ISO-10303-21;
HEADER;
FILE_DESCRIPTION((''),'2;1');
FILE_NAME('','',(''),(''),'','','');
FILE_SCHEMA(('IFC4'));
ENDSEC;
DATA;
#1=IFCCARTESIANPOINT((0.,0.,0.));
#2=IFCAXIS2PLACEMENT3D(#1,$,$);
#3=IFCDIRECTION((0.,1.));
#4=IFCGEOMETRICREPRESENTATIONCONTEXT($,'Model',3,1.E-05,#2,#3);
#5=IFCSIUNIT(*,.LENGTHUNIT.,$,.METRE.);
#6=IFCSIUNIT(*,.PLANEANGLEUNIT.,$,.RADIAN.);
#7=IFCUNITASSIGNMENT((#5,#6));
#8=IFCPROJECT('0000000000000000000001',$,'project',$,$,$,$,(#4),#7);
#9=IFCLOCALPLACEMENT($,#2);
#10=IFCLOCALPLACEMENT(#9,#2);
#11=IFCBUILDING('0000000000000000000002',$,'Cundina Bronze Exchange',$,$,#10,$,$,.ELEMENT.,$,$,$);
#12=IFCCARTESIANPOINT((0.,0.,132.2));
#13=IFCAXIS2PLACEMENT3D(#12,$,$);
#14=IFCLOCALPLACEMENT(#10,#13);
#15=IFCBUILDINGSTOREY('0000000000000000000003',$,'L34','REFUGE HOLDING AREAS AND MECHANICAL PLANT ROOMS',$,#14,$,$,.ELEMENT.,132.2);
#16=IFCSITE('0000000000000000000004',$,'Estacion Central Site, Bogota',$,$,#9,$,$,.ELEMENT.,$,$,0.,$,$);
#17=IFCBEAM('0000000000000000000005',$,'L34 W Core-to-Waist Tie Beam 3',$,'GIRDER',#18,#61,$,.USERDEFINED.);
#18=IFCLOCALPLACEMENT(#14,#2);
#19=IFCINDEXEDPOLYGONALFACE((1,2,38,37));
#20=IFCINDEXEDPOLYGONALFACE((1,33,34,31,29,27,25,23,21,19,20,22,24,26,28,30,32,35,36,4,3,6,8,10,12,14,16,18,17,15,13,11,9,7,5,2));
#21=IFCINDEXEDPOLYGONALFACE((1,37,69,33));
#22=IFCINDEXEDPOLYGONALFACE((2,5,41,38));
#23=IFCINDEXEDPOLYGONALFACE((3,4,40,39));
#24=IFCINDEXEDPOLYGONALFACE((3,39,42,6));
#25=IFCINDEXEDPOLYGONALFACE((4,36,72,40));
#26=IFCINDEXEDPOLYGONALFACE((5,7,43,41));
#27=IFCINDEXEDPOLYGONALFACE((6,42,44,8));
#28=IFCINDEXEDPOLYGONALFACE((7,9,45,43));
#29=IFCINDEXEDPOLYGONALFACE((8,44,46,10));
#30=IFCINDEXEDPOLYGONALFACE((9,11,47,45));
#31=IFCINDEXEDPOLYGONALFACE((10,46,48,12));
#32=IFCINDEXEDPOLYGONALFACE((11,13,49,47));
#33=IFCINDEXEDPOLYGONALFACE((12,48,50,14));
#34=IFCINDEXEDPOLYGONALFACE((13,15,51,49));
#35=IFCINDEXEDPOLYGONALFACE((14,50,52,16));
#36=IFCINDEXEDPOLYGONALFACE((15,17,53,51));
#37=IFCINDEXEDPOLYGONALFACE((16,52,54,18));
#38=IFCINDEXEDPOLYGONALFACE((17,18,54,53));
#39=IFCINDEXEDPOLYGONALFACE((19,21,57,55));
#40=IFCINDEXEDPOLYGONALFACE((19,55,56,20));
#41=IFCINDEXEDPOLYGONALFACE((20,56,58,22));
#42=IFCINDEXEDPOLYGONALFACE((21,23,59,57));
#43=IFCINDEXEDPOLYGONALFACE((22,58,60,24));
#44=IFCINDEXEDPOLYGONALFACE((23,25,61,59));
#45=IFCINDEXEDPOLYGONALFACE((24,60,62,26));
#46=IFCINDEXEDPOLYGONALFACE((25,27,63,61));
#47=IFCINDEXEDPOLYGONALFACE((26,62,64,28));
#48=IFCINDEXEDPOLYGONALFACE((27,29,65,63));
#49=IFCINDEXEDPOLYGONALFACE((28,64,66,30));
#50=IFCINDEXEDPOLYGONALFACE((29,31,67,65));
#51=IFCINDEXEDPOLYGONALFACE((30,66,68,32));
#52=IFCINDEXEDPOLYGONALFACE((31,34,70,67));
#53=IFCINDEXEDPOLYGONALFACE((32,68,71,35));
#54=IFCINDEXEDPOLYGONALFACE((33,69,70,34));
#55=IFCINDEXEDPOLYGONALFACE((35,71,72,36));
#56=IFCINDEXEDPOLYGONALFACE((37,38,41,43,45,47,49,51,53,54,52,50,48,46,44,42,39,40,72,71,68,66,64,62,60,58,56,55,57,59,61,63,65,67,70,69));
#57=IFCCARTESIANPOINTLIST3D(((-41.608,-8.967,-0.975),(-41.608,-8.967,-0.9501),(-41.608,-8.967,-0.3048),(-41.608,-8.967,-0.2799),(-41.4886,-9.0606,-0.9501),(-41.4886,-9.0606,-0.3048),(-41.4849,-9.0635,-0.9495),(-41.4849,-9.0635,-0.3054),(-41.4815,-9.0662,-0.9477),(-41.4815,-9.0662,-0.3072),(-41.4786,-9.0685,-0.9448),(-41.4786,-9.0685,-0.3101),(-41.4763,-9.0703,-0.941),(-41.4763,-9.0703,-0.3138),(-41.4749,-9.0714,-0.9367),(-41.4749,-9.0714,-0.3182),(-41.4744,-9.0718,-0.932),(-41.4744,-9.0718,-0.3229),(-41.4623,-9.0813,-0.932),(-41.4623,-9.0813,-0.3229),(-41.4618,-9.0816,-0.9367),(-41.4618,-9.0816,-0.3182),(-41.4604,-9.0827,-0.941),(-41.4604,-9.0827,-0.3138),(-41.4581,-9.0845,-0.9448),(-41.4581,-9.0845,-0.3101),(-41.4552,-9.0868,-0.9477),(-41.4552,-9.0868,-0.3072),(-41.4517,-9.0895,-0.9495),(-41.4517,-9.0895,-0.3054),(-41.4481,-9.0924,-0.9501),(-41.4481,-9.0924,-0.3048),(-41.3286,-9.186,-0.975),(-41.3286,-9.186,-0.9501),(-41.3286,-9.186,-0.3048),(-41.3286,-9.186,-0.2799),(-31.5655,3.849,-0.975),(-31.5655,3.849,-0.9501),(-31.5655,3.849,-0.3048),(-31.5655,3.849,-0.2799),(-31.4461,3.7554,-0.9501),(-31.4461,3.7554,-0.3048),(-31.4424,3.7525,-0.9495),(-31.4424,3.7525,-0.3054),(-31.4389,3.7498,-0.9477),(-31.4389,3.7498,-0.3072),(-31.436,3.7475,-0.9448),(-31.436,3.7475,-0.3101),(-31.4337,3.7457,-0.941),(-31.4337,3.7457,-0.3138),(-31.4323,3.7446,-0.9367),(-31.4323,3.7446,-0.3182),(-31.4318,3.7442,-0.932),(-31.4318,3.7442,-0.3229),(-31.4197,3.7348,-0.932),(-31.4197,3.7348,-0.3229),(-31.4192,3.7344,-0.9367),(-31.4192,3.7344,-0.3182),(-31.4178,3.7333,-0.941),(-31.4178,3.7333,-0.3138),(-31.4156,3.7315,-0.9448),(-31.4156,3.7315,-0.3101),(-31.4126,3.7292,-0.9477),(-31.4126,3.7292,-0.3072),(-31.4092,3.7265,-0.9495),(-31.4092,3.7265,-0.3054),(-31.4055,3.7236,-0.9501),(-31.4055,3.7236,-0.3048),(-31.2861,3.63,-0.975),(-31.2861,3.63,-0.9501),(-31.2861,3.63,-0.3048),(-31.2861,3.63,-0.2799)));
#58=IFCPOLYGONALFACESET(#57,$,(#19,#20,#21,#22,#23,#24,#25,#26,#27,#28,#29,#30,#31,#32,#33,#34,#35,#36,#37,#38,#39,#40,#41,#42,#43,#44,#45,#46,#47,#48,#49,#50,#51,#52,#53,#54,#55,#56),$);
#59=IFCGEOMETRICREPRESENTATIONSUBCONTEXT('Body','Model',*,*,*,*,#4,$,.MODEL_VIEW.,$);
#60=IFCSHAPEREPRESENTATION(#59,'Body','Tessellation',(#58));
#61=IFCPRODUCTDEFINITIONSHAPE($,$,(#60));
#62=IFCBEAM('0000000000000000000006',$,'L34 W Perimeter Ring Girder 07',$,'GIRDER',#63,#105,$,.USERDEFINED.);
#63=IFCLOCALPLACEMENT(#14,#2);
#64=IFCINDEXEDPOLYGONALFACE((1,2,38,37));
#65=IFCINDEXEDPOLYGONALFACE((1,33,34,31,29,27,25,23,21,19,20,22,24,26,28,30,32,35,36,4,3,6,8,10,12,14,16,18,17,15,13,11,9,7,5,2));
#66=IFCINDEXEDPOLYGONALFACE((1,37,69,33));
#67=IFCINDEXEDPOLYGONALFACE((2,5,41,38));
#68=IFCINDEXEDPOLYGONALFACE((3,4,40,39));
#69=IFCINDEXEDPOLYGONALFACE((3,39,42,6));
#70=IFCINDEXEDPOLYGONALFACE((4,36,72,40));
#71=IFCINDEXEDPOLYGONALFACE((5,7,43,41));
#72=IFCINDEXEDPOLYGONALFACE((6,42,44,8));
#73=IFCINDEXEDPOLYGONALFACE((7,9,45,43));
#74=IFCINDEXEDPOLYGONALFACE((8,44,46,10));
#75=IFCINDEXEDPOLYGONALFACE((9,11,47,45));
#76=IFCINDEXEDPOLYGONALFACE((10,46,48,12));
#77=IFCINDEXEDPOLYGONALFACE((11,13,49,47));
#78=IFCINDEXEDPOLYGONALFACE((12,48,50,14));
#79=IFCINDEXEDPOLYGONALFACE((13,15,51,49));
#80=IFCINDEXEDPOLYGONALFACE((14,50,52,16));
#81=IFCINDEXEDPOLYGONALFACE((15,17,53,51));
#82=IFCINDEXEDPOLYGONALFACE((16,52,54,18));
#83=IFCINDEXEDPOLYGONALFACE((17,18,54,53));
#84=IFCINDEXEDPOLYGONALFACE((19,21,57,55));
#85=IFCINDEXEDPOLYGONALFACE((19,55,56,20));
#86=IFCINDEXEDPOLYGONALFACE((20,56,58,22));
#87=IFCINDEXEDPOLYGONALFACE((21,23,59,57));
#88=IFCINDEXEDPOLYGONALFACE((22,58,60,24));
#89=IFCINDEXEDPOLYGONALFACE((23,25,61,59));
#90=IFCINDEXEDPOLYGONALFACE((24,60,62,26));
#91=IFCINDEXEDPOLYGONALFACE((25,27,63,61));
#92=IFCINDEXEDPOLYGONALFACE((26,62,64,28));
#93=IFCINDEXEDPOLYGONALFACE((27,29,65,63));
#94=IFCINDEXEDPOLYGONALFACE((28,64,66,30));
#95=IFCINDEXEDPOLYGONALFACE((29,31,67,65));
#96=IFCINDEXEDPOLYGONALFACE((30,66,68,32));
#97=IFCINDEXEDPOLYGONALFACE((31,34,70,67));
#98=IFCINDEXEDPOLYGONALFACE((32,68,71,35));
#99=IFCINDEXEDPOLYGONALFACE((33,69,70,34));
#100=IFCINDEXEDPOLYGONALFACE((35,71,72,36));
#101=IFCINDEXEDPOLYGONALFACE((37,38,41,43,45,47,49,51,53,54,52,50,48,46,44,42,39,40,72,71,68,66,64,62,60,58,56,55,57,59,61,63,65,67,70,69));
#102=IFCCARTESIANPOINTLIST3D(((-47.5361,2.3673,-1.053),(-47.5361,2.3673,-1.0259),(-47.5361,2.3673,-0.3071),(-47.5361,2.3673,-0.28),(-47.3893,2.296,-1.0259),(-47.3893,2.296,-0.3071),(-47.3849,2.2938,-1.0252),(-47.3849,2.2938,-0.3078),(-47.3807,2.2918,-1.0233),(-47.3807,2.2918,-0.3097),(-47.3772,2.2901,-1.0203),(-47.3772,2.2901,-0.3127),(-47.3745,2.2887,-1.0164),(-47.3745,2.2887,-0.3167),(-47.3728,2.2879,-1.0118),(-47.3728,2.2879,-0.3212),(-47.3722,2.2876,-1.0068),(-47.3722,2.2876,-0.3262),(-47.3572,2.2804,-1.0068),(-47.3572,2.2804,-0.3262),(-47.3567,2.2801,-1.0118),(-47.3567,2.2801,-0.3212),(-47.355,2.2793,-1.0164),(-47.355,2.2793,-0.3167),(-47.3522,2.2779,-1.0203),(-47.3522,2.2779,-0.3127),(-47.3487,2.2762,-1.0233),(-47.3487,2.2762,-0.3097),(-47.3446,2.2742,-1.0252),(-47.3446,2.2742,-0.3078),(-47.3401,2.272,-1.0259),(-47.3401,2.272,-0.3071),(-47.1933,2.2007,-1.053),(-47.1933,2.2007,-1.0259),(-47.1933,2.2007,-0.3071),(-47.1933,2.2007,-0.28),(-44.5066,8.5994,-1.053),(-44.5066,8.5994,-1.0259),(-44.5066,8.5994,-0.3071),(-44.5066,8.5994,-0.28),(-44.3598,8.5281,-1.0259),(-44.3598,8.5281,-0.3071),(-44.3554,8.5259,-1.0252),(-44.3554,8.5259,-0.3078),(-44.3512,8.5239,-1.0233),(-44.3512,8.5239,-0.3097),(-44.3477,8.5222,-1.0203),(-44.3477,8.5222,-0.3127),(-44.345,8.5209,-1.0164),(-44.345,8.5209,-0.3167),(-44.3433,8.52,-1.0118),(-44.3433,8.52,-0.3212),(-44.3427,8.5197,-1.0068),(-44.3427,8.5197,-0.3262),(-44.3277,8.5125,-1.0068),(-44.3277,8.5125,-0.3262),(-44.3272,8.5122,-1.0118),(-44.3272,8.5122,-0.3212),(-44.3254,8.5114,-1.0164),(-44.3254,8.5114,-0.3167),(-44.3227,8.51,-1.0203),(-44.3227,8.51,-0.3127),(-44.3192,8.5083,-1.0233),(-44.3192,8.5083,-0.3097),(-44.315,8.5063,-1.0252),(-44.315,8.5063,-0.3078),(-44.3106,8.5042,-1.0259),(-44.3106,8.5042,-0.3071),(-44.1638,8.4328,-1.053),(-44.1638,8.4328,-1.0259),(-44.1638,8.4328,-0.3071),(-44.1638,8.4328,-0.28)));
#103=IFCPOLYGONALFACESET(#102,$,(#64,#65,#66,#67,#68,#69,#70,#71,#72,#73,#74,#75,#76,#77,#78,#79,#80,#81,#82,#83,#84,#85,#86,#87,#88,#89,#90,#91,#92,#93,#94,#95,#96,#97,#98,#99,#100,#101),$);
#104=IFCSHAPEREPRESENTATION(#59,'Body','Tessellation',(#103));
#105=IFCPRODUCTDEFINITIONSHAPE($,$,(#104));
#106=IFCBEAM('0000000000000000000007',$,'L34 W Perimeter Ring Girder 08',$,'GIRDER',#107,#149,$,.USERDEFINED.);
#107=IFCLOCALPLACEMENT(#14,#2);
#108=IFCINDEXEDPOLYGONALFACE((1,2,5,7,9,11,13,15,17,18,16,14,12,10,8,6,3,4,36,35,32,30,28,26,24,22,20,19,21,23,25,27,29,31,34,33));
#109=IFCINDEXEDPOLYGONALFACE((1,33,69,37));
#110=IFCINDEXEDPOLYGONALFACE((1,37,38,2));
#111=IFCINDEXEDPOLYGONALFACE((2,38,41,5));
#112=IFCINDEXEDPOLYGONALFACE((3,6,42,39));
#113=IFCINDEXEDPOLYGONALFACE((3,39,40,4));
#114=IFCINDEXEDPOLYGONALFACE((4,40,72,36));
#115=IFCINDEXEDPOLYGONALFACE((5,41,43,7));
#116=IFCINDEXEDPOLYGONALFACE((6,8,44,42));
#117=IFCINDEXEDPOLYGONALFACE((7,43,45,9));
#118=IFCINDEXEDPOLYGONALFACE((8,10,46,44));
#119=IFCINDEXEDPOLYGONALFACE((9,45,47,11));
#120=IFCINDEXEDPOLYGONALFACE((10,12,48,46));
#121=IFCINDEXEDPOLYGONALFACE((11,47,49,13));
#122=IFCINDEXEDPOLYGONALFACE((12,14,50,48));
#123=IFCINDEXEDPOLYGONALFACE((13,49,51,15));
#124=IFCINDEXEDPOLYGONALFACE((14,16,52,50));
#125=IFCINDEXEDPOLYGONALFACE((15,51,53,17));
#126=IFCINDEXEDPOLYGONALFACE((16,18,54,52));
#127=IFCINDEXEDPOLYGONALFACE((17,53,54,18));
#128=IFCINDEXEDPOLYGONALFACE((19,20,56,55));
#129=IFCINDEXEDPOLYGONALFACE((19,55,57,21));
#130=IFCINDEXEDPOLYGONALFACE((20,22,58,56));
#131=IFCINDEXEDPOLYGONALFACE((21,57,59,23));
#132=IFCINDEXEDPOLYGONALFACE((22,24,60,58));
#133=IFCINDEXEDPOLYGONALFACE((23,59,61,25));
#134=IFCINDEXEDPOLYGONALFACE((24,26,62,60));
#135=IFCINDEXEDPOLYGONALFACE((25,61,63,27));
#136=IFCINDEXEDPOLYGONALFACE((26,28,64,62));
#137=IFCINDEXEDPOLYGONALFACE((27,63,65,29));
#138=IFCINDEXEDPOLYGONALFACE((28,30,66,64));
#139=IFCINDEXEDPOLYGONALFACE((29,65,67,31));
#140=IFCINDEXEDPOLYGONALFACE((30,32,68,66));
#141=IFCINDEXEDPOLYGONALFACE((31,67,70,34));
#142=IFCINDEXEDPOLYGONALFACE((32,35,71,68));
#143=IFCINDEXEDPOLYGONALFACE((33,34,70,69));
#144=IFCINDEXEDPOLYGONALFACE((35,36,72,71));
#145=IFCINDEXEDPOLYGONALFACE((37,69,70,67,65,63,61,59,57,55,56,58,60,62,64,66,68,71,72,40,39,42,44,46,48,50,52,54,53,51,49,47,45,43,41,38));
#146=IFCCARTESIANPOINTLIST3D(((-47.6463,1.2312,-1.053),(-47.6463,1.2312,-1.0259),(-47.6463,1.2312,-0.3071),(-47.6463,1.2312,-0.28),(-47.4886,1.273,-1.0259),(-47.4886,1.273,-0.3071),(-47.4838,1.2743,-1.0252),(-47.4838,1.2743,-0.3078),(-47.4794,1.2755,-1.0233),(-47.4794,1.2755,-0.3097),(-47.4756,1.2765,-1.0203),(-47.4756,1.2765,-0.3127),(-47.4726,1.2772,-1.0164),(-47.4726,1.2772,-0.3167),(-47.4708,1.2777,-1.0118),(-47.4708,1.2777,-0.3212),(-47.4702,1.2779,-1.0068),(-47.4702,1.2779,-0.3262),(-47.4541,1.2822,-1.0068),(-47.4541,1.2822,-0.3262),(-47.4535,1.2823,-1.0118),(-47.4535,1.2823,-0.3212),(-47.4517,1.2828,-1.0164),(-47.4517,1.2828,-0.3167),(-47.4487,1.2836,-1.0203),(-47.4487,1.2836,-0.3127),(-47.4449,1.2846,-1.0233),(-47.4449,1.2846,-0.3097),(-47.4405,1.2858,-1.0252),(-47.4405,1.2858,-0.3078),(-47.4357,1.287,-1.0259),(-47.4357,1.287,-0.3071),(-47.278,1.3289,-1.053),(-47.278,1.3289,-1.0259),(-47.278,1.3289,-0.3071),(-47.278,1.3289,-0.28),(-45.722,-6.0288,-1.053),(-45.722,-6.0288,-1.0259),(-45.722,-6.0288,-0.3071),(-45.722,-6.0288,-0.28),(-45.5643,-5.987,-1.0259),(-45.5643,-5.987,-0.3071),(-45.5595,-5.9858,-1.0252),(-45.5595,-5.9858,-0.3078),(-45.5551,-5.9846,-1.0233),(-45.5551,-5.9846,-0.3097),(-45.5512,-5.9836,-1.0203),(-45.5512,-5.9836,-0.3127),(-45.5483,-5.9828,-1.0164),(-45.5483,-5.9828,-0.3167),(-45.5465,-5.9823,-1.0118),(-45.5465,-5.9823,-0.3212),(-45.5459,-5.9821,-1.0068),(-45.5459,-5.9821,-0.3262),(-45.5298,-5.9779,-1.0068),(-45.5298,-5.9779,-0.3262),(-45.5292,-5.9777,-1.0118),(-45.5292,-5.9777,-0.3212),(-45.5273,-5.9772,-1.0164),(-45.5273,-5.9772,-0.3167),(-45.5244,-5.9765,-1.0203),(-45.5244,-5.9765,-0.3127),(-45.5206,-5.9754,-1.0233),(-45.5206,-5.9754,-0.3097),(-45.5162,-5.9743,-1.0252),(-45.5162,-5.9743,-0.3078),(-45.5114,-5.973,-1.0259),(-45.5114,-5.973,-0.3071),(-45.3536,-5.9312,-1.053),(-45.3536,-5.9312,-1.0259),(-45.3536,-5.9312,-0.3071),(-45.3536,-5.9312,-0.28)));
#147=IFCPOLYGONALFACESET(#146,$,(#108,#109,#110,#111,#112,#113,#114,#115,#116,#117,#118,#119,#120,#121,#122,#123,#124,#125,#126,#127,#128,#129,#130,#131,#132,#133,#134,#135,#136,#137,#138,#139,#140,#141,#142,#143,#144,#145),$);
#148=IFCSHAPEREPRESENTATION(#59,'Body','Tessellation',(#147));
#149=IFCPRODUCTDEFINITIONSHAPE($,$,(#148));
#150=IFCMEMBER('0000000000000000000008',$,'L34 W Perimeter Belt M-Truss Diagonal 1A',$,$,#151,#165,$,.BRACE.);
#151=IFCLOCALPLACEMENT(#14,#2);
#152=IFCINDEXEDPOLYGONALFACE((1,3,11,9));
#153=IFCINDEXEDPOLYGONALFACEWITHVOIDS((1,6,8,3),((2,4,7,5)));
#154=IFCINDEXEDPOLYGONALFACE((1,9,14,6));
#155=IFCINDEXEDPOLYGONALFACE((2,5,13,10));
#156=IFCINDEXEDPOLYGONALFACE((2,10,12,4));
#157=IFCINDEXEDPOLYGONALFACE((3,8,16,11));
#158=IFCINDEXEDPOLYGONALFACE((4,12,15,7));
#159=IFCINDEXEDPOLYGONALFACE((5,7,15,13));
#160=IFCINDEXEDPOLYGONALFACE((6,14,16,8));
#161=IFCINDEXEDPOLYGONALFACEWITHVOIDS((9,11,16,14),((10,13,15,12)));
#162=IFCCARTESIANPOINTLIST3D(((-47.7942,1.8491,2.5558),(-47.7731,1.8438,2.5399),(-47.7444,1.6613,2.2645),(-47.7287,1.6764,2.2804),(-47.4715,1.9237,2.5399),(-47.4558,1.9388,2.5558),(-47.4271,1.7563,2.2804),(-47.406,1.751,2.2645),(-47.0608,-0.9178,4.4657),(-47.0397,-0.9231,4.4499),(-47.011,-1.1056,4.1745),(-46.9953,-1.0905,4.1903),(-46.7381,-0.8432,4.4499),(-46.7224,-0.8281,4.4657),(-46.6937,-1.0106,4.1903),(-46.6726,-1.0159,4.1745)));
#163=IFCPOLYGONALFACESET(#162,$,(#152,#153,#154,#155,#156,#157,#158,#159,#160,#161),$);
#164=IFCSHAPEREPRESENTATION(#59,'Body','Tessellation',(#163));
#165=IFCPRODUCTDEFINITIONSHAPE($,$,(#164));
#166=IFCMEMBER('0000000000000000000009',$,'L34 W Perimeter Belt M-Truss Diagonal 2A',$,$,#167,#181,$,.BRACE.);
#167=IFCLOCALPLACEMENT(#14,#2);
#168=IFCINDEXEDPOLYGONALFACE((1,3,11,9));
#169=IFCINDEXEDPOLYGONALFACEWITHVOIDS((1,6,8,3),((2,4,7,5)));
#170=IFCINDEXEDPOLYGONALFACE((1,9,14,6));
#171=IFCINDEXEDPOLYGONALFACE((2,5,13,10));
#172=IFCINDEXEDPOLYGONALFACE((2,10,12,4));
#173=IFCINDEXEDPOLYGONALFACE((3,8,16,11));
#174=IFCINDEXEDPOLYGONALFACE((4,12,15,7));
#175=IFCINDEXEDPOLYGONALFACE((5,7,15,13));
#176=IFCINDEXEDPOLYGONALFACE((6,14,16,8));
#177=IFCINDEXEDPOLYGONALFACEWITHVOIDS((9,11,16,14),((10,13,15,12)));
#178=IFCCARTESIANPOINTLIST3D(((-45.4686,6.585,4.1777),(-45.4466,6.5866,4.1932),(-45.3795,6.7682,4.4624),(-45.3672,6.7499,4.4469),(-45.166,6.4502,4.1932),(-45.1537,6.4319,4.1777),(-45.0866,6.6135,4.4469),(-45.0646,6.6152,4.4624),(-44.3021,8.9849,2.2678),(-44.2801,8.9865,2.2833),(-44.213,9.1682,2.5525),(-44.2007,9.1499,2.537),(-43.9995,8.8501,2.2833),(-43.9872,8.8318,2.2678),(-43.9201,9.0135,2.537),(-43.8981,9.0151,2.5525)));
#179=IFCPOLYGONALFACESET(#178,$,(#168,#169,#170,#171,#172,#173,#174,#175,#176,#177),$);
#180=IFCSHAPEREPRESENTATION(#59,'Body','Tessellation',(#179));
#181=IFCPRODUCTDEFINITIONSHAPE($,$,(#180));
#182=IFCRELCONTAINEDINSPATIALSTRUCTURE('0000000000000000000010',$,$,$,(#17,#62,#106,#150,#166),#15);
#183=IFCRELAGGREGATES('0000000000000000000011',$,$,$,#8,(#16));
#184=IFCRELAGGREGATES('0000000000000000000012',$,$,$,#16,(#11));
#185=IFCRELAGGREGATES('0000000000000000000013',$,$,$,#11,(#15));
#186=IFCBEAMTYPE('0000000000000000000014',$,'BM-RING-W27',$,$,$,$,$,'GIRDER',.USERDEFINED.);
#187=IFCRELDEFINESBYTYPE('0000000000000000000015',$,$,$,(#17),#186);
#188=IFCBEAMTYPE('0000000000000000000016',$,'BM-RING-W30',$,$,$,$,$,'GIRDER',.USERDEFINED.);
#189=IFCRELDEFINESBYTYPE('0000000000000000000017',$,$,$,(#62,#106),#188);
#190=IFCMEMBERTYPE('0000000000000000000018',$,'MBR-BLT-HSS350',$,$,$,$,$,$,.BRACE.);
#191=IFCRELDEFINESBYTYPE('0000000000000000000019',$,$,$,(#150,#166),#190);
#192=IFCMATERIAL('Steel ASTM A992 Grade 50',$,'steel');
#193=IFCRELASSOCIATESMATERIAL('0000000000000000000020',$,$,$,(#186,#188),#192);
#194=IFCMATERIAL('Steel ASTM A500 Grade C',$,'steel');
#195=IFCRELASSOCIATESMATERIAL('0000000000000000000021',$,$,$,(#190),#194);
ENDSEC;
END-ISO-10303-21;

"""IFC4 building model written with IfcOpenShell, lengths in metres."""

from ifc_helpers import new_model, si_unit, direction, frame, origin, origin_2d, place, context, subcontext, project, spatial, hollow_rectangle, i_section, extrude, material, material_profile, profile_set, type_object, element, save


model = new_model("IFC4")

# Units and contexts
model_context = context("Model", 3, precision=1e-05, world=origin(), true_north=direction((0.0, 1.0)))
body_context = subcontext(model_context, "Body", "Model", "MODEL_VIEW")
ifc_project = project(units=[si_unit("LENGTHUNIT", "METRE"), si_unit("PLANEANGLEUNIT", "RADIAN")], contexts=[model_context])

# Site, building, storey
site_placement = place(None, origin())
site = spatial("IfcSite", under=ifc_project, at=site_placement, Name="Estacion Central Site, Bogota", CompositionType="ELEMENT", RefElevation=0.0)
building_placement = place(site_placement, origin())
building = spatial("IfcBuilding", under=site, at=building_placement, Name="Cundina Bronze Exchange", CompositionType="ELEMENT")
storey_placement = place(building_placement, frame((0.0, 0.0, 132.2)))
storey = spatial("IfcBuildingStorey", under=building, at=storey_placement, Name="L34", Description="REFUGE HOLDING AREAS AND MECHANICAL PLANT ROOMS", CompositionType="ELEMENT", Elevation=132.2)

# Beams
ifc_material_1 = material(Name="Steel ASTM A992 Grade 50", Category="steel")
ifc_material_profile_1 = material_profile(ifc_material_1, i_section(OverallWidth=0.355, OverallDepth=0.6951, WebThickness=0.0154, FlangeThickness=0.0249, FilletRadius=0.0181, at=origin_2d()), Name="W27X146", Category="steel")
ifc_profile_set_1 = profile_set([ifc_material_profile_1], Name="Steel ASTM A992 Grade 50")
beam_type_1 = type_object("IfcBeamType", Name="BM-RING-W27", ElementType="GIRDER", PredefinedType="USERDEFINED", material=ifc_profile_set_1)
beam_1_placement = place(storey_placement, frame((-31.4258, 3.7395, -0.6274), z_axis=(-0.616789, -0.787128, 0.0), x_axis=(0.787128, -0.616789, 0.0)))
element("IfcBeam", 1, at=beam_1_placement, inside=storey, type_object=beam_type_1, Name="L34 W Core-to-Waist Tie Beam 3", ObjectType="GIRDER", PredefinedType="USERDEFINED", context=body_context, shape_type="SweptSolid", body=[
    extrude(i_section(OverallWidth=0.355, OverallDepth=0.6951, WebThickness=0.0154, FlangeThickness=0.0249, FilletRadius=0.0181, at=origin_2d()), origin(), (0.0, 0.0, 1.0), 16.282),
])
ifc_material_profile_2 = material_profile(ifc_material_1, i_section(OverallWidth=0.3811, OverallDepth=0.7729, WebThickness=0.0166, FlangeThickness=0.0271, FilletRadius=0.019, at=origin_2d()), Name="W30X173", Category="steel")
ifc_profile_set_2 = profile_set([ifc_material_profile_2], Name="Steel ASTM A992 Grade 50")
beam_type_2 = type_object("IfcBeamType", Name="BM-RING-W30", ElementType="GIRDER", PredefinedType="USERDEFINED", material=ifc_profile_set_2)
beam_2_placement = place(storey_placement, frame((-44.3352, 8.5161, -0.6665), z_axis=(-0.437194, -0.899367, 0.0), x_axis=(0.899367, -0.437194, 0.0)))
element("IfcBeam", 2, at=beam_2_placement, inside=storey, type_object=beam_type_2, Name="L34 W Perimeter Ring Girder 07", ObjectType="GIRDER", PredefinedType="USERDEFINED", context=body_context, shape_type="SweptSolid", body=[
    extrude(i_section(OverallWidth=0.3811, OverallDepth=0.7729, WebThickness=0.0166, FlangeThickness=0.0271, FilletRadius=0.019, at=origin_2d()), origin(), (0.0, 0.0, 1.0), 6.9294),
])
beam_3_placement = place(storey_placement, frame((-47.4622, 1.28, -0.6665), z_axis=(0.25621, -0.966621, 0.0), x_axis=(0.966621, 0.25621, 0.0)))
element("IfcBeam", 3, at=beam_3_placement, inside=storey, type_object=beam_type_2, Name="L34 W Perimeter Ring Girder 08", ObjectType="GIRDER", PredefinedType="USERDEFINED", context=body_context, shape_type="SweptSolid", body=[
    extrude(i_section(OverallWidth=0.3811, OverallDepth=0.7729, WebThickness=0.0166, FlangeThickness=0.0271, FilletRadius=0.019, at=origin_2d()), origin(), (0.0, 0.0, 1.0), 7.5107),
])

# Members
ifc_material_2 = material(Name="Steel ASTM A500 Grade C", Category="steel")
ifc_material_profile_3 = material_profile(ifc_material_2, hollow_rectangle(XDim=0.3501, YDim=0.3501, WallThickness=0.019, at=origin_2d()), Name="HSS350X350X19", Category="steel")
ifc_profile_set_3 = profile_set([ifc_material_profile_3], Name="Steel ASTM A500 Grade C")
member_type = type_object("IfcMemberType", Name="MBR-BLT-HSS350", PredefinedType="BRACE", material=ifc_profile_set_3)
member_1_placement = place(storey_placement, frame((-47.6001, 1.8, 2.4102), z_axis=(0.21313, -0.804062, 0.555032), x_axis=(0.966619, 0.256218, 0.0)))
element("IfcMember", 4, at=member_1_placement, inside=storey, type_object=member_type, Name="L34 W Perimeter Belt M-Truss Diagonal 1A", PredefinedType="BRACE", context=body_context, shape_type="SweptSolid", body=[
    extrude(hollow_rectangle(XDim=0.3501, YDim=0.3501, WallThickness=0.019, at=origin_2d()), origin(), (0.0, 0.0, 1.0), 3.4412),
])
member_2_placement = place(storey_placement, frame((-44.1001, 9.0, 2.4102), z_axis=(-0.355482, -0.73135, 0.58203), x_axis=(0.899385, -0.437158, 0.0)))
element("IfcMember", 5, at=member_2_placement, inside=storey, type_object=member_type, Name="L34 W Perimeter Belt M-Truss Diagonal 2A", PredefinedType="BRACE", context=body_context, shape_type="SweptSolid", body=[
    extrude(hollow_rectangle(XDim=0.3501, YDim=0.3501, WallThickness=0.019, at=origin_2d()), origin(), (0.0, 0.0, 1.0), 3.2815),
])

save(model, "model.ifc")
